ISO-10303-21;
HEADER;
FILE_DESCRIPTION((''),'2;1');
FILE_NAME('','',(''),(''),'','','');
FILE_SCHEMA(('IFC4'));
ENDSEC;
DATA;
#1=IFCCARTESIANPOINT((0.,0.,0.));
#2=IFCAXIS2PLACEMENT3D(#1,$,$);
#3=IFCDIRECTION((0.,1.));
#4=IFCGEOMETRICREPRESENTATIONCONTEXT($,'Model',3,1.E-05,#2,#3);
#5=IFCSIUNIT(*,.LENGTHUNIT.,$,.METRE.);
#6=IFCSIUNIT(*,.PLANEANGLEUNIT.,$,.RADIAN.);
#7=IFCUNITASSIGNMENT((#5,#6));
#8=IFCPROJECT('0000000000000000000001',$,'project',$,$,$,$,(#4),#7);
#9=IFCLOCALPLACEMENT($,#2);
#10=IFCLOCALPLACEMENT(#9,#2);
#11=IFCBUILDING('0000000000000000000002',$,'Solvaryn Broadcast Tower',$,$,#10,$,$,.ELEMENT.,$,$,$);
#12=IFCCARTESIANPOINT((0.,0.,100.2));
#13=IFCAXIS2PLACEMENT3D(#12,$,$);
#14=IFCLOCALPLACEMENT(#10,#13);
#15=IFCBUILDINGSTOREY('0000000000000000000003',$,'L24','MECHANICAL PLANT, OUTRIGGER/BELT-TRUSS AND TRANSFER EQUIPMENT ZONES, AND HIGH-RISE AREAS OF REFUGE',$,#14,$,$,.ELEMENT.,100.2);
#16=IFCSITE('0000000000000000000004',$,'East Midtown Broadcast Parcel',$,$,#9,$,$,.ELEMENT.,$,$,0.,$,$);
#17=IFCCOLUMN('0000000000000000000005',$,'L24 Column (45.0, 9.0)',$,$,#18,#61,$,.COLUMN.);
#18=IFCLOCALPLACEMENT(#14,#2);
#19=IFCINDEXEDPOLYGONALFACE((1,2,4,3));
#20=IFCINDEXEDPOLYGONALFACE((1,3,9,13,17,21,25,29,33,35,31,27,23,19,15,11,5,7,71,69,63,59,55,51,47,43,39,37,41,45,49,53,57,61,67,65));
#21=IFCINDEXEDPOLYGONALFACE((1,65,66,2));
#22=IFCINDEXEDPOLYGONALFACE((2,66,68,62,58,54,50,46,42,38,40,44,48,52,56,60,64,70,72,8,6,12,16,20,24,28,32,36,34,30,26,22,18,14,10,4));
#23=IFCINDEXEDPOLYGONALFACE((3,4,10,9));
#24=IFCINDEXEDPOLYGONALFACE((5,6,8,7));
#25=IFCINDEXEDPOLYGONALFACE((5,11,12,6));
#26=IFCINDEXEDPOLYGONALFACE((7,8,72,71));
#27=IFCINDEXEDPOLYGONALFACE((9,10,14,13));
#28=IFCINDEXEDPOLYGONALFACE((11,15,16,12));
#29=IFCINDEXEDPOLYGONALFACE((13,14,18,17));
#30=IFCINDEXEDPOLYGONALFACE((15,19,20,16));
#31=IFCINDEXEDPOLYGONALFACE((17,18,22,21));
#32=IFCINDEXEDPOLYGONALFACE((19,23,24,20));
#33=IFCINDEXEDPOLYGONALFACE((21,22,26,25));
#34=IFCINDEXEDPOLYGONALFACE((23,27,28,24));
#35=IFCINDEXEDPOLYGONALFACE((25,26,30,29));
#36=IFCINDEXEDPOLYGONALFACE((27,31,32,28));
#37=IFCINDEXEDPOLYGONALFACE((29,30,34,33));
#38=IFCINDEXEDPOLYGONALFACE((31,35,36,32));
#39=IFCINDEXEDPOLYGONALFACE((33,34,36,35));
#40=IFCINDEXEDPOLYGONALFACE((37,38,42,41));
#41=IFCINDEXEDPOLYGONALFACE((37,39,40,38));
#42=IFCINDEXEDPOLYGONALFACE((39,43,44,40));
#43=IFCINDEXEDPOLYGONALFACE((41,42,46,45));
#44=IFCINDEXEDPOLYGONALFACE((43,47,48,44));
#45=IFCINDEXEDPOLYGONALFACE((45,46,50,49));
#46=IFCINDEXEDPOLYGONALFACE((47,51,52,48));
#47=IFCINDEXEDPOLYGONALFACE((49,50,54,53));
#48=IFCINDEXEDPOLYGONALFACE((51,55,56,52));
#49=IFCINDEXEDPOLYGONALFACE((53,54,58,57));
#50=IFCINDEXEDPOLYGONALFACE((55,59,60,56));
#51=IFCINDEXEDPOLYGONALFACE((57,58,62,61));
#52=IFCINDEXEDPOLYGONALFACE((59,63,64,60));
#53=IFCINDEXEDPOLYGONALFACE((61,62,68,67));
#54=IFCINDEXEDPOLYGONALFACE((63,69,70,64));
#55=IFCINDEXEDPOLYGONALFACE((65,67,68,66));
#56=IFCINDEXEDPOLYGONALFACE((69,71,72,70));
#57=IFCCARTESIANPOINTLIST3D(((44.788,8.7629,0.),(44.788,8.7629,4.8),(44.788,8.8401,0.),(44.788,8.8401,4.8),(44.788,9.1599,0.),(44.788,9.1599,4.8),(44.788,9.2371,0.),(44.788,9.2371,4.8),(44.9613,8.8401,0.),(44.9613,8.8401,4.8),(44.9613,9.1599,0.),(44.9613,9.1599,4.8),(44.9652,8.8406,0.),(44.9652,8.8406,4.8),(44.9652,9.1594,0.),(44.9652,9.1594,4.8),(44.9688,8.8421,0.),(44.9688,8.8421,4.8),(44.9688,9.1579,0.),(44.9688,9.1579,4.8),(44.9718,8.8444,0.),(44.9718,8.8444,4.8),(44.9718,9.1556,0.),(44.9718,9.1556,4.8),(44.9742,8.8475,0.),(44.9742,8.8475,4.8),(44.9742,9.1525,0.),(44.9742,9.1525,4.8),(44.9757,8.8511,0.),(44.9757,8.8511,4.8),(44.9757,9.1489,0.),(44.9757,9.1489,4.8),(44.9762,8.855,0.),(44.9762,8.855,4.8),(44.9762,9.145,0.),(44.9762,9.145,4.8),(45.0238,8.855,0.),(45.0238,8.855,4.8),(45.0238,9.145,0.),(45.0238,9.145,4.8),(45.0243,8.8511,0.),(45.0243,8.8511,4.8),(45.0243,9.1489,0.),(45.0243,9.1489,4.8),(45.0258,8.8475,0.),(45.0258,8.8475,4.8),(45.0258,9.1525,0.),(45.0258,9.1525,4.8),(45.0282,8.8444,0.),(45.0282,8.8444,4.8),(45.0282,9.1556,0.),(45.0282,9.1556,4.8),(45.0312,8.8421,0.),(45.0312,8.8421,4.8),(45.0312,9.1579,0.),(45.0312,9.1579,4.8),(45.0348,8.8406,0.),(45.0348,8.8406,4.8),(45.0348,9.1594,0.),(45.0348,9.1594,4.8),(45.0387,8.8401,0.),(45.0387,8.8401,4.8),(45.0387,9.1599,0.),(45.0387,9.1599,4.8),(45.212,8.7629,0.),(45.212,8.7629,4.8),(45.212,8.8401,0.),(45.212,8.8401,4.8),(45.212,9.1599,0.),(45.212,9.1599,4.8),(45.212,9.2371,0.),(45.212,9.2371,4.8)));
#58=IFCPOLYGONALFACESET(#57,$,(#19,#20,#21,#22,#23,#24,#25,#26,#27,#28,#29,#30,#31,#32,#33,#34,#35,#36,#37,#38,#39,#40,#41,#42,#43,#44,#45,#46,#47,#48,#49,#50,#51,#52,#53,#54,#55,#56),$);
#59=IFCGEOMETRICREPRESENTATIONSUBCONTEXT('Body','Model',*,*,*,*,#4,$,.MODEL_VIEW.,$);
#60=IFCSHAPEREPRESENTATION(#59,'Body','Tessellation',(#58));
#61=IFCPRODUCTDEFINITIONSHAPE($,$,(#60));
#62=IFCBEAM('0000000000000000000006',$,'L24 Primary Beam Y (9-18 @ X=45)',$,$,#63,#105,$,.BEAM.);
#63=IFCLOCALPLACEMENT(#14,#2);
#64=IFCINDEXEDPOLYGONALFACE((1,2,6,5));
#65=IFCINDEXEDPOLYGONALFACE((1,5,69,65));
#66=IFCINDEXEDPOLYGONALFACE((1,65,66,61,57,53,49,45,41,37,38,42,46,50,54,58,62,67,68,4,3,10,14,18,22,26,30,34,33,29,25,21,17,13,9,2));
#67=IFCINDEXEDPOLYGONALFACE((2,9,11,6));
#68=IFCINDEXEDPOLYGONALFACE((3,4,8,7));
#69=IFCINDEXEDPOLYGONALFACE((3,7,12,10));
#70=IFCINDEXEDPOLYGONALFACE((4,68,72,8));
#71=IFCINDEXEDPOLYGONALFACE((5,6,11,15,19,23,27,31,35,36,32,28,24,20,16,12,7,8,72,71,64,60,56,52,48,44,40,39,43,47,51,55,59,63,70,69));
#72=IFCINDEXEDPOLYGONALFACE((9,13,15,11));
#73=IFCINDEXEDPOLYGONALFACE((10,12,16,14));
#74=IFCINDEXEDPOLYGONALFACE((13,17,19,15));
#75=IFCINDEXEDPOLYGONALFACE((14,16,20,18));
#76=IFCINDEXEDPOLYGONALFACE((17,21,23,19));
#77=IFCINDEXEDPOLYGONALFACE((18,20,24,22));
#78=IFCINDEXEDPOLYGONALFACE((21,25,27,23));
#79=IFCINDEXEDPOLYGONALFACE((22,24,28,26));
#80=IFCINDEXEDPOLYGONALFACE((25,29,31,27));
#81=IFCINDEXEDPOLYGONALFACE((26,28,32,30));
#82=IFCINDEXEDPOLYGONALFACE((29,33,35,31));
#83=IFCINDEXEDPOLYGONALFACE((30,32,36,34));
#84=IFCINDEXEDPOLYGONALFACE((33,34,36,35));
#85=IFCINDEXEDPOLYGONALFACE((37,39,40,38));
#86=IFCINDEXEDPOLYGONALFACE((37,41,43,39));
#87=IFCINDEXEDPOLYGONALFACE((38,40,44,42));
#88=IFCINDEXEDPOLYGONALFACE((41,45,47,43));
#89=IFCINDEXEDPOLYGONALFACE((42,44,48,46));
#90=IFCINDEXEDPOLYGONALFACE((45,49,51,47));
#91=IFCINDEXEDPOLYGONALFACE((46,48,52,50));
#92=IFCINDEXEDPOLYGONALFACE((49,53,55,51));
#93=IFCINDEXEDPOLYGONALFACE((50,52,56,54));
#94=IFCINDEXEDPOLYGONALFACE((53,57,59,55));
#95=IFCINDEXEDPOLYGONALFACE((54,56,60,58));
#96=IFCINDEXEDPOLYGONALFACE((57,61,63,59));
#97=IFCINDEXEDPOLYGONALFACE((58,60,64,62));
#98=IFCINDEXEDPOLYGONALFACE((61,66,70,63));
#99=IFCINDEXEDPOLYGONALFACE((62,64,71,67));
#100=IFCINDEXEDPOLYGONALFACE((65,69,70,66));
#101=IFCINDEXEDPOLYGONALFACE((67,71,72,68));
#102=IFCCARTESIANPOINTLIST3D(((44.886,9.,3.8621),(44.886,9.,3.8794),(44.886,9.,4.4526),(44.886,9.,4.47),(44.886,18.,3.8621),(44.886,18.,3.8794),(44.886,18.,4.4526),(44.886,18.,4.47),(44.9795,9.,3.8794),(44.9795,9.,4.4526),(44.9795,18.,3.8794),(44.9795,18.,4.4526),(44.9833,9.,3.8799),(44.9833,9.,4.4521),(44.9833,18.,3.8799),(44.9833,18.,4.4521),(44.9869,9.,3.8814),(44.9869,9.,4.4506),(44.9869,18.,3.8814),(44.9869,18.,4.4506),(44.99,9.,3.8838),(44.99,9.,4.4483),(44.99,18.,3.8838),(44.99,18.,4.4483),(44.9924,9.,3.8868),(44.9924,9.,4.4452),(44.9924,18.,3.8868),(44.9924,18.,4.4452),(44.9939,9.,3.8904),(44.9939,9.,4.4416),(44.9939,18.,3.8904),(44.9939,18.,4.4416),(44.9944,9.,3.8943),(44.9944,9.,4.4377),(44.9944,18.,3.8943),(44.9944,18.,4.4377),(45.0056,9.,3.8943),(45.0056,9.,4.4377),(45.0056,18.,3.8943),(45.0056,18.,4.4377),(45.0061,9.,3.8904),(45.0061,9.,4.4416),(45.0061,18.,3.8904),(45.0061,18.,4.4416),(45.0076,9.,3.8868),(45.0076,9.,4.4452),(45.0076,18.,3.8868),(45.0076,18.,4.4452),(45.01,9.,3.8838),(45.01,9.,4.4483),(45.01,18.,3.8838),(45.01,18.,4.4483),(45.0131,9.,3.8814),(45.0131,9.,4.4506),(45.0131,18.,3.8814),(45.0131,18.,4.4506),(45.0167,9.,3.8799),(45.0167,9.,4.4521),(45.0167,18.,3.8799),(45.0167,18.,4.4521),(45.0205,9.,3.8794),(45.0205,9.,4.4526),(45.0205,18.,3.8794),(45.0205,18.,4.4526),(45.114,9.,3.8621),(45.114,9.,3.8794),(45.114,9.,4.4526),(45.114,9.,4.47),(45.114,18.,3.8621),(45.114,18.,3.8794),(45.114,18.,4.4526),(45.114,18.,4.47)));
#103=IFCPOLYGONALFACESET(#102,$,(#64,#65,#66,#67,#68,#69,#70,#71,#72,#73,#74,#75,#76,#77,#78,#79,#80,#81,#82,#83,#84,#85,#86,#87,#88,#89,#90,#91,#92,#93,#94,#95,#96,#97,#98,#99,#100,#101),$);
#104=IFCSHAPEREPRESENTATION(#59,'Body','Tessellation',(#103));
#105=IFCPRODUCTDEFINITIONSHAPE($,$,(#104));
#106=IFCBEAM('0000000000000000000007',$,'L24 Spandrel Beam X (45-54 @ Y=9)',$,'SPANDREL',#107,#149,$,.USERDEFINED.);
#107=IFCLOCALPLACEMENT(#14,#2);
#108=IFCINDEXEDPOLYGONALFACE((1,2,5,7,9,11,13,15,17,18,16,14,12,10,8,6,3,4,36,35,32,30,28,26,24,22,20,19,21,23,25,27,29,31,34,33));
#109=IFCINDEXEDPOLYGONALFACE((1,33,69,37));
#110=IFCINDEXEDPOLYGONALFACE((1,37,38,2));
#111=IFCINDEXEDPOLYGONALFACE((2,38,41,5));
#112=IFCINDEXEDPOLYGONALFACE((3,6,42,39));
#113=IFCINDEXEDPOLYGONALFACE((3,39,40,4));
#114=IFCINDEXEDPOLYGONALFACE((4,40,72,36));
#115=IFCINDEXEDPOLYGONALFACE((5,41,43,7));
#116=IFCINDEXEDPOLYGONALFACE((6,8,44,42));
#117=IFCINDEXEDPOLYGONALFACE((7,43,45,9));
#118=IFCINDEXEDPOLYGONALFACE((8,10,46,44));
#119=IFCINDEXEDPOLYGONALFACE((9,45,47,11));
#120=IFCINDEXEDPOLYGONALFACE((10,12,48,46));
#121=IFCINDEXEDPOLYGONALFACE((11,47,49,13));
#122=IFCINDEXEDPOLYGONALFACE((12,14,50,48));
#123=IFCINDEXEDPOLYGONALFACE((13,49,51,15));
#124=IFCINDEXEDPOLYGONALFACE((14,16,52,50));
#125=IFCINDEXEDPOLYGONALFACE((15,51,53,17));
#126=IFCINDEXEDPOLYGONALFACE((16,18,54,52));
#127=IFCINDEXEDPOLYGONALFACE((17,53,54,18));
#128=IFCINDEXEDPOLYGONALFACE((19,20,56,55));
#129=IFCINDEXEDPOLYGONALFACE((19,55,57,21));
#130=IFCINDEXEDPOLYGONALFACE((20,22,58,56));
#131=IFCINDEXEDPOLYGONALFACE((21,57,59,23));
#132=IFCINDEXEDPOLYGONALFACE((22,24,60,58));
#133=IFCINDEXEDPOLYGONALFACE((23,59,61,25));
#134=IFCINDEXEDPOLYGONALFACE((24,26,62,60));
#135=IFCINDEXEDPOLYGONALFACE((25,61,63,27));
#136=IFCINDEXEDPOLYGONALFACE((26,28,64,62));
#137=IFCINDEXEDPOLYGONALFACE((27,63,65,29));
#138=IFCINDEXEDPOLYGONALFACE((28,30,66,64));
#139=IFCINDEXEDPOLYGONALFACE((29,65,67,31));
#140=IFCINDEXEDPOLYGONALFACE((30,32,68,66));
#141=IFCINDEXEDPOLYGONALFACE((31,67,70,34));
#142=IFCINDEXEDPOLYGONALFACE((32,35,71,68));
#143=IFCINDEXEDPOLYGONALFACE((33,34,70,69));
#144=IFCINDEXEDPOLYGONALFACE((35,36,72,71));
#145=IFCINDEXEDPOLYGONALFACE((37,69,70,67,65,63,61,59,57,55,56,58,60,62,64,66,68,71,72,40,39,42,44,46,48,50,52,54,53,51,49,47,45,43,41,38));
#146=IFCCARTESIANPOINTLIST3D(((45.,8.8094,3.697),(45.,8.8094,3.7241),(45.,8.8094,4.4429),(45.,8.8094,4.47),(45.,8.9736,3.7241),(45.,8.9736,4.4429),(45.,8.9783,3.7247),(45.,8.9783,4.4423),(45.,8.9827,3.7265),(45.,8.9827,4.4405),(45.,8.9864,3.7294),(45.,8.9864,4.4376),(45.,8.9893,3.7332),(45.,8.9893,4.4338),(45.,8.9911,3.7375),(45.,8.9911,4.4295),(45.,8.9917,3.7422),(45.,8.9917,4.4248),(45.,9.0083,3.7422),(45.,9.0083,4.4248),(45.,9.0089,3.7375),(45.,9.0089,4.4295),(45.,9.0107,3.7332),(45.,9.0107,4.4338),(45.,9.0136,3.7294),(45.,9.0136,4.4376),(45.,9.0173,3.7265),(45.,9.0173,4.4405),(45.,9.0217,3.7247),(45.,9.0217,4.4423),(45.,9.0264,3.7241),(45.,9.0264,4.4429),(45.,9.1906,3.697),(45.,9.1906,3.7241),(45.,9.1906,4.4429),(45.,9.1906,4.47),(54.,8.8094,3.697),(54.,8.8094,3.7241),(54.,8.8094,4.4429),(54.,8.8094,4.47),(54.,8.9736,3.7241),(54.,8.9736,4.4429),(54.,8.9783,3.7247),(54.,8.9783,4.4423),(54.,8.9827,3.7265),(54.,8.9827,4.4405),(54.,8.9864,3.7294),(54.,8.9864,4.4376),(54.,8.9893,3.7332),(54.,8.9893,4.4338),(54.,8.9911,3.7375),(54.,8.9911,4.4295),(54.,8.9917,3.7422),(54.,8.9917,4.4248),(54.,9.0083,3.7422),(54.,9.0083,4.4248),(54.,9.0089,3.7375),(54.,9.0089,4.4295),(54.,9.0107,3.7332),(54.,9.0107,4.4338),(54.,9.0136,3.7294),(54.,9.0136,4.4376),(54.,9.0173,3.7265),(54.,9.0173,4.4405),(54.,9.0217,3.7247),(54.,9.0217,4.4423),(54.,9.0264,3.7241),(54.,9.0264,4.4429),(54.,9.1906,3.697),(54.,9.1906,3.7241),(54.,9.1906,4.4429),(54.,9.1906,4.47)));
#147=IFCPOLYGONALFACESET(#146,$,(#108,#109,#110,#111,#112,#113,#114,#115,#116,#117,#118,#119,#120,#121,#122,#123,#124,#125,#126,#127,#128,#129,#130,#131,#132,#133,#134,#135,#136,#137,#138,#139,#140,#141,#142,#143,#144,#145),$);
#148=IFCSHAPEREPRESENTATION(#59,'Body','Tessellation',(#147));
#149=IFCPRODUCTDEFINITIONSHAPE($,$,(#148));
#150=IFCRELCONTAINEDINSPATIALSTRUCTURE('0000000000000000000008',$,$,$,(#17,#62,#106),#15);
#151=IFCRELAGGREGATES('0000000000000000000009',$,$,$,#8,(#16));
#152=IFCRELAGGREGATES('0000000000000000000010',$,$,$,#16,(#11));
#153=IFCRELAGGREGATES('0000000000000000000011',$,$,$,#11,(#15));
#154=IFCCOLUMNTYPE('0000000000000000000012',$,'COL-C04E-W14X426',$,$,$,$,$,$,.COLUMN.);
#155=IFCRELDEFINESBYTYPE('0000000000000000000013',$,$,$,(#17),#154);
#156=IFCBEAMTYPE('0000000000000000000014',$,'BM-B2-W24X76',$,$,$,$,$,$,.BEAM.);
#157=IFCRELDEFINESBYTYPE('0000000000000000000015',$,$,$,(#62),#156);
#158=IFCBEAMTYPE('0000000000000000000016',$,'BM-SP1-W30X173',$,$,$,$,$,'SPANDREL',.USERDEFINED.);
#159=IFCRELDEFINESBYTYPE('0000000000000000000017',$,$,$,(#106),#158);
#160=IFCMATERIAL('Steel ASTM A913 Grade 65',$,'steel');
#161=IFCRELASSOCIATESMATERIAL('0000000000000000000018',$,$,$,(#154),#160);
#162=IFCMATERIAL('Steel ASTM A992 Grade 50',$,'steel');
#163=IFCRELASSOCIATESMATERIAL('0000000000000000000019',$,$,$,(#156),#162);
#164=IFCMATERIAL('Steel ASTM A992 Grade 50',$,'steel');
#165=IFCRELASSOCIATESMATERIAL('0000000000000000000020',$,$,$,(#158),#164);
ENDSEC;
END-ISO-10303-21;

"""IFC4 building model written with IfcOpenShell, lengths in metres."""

from ifc_helpers import new_model, si_unit, direction, frame, origin, origin_2d, place, context, subcontext, project, spatial, i_section, extrude, material, material_profile, profile_set, type_object, element, save


model = new_model("IFC4")

# Units and contexts
model_context = context("Model", 3, precision=1e-05, world=origin(), true_north=direction((0.0, 1.0)))
body_context = subcontext(model_context, "Body", "Model", "MODEL_VIEW")
ifc_project = project(units=[si_unit("LENGTHUNIT", "METRE"), si_unit("PLANEANGLEUNIT", "RADIAN")], contexts=[model_context])

# Site, building, storey
site_placement = place(None, origin())
site = spatial("IfcSite", under=ifc_project, at=site_placement, Name="East Midtown Broadcast Parcel", CompositionType="ELEMENT", RefElevation=0.0)
building_placement = place(site_placement, origin())
building = spatial("IfcBuilding", under=site, at=building_placement, Name="Solvaryn Broadcast Tower", CompositionType="ELEMENT")
storey_placement = place(building_placement, frame((0.0, 0.0, 100.2)))
storey = spatial("IfcBuildingStorey", under=building, at=storey_placement, Name="L24", Description="MECHANICAL PLANT, OUTRIGGER/BELT-TRUSS AND TRANSFER EQUIPMENT ZONES, AND HIGH-RISE AREAS OF REFUGE", CompositionType="ELEMENT", Elevation=100.2)

# Column
ifc_material_1 = material(Name="Steel ASTM A913 Grade 65", Category="steel")
ifc_material_profile_1 = material_profile(ifc_material_1, i_section(OverallWidth=0.4241, OverallDepth=0.4741, WebThickness=0.0476, FlangeThickness=0.0771, FilletRadius=0.0149, at=origin_2d()))
ifc_profile_set_1 = profile_set([ifc_material_profile_1], Name="Steel ASTM A913 Grade 65")
column_type = type_object("IfcColumnType", Name="COL-C04E-W14X426", PredefinedType="COLUMN", material=ifc_profile_set_1)
column_placement = place(storey_placement, frame((45.0, 9.0, 0.0), z_axis=(0.0, 0.0, 1.0), x_axis=(1.0, 0.0, 0.0)))
element("IfcColumn", 1, at=column_placement, inside=storey, type_object=column_type, Name="L24 Column (45.0, 9.0)", PredefinedType="COLUMN", context=body_context, shape_type="SweptSolid", body=[
    extrude(i_section(OverallWidth=0.4241, OverallDepth=0.4741, WebThickness=0.0476, FlangeThickness=0.0771, FilletRadius=0.0149, at=origin_2d()), origin(), (0.0, 0.0, 1.0), 4.8),
])

# Beams
ifc_material_2 = material(Name="Steel ASTM A992 Grade 50", Category="steel")
ifc_material_profile_2 = material_profile(ifc_material_2, i_section(OverallWidth=0.228, OverallDepth=0.6079, WebThickness=0.0112, FlangeThickness=0.0173, FilletRadius=0.0149, at=origin_2d()))
ifc_profile_set_2 = profile_set([ifc_material_profile_2], Name="Steel ASTM A992 Grade 50")
beam_type_1 = type_object("IfcBeamType", Name="BM-B2-W24X76", PredefinedType="BEAM", material=ifc_profile_set_2)
beam_1_placement = place(storey_placement, frame((45.0, 9.0, 4.166), z_axis=(0.0, 1.0, 0.0), x_axis=(-1.0, 0.0, 0.0)))
element("IfcBeam", 2, at=beam_1_placement, inside=storey, type_object=beam_type_1, Name="L24 Primary Beam Y (9-18 @ X=45)", PredefinedType="BEAM", context=body_context, shape_type="SweptSolid", body=[
    extrude(i_section(OverallWidth=0.228, OverallDepth=0.6079, WebThickness=0.0112, FlangeThickness=0.0173, FilletRadius=0.0149, at=origin_2d()), origin(), (0.0, 0.0, 1.0), 9.0),
])
ifc_material_3 = material(Name="Steel ASTM A992 Grade 50", Category="steel")
ifc_material_profile_3 = material_profile(ifc_material_3, i_section(OverallWidth=0.3811, OverallDepth=0.7729, WebThickness=0.0166, FlangeThickness=0.0271, FilletRadius=0.0181, at=origin_2d()))
ifc_profile_set_3 = profile_set([ifc_material_profile_3], Name="Steel ASTM A992 Grade 50")
beam_type_2 = type_object("IfcBeamType", Name="BM-SP1-W30X173", ElementType="SPANDREL", PredefinedType="USERDEFINED", material=ifc_profile_set_3)
beam_2_placement = place(storey_placement, frame((45.0, 9.0, 4.0835), z_axis=(1.0, 0.0, 0.0), x_axis=(0.0, 1.0, 0.0)))
element("IfcBeam", 3, at=beam_2_placement, inside=storey, type_object=beam_type_2, Name="L24 Spandrel Beam X (45-54 @ Y=9)", ObjectType="SPANDREL", PredefinedType="USERDEFINED", context=body_context, shape_type="SweptSolid", body=[
    extrude(i_section(OverallWidth=0.3811, OverallDepth=0.7729, WebThickness=0.0166, FlangeThickness=0.0271, FilletRadius=0.0181, at=origin_2d()), origin(), (0.0, 0.0, 1.0), 9.0),
])

save(model, "model.ifc")
